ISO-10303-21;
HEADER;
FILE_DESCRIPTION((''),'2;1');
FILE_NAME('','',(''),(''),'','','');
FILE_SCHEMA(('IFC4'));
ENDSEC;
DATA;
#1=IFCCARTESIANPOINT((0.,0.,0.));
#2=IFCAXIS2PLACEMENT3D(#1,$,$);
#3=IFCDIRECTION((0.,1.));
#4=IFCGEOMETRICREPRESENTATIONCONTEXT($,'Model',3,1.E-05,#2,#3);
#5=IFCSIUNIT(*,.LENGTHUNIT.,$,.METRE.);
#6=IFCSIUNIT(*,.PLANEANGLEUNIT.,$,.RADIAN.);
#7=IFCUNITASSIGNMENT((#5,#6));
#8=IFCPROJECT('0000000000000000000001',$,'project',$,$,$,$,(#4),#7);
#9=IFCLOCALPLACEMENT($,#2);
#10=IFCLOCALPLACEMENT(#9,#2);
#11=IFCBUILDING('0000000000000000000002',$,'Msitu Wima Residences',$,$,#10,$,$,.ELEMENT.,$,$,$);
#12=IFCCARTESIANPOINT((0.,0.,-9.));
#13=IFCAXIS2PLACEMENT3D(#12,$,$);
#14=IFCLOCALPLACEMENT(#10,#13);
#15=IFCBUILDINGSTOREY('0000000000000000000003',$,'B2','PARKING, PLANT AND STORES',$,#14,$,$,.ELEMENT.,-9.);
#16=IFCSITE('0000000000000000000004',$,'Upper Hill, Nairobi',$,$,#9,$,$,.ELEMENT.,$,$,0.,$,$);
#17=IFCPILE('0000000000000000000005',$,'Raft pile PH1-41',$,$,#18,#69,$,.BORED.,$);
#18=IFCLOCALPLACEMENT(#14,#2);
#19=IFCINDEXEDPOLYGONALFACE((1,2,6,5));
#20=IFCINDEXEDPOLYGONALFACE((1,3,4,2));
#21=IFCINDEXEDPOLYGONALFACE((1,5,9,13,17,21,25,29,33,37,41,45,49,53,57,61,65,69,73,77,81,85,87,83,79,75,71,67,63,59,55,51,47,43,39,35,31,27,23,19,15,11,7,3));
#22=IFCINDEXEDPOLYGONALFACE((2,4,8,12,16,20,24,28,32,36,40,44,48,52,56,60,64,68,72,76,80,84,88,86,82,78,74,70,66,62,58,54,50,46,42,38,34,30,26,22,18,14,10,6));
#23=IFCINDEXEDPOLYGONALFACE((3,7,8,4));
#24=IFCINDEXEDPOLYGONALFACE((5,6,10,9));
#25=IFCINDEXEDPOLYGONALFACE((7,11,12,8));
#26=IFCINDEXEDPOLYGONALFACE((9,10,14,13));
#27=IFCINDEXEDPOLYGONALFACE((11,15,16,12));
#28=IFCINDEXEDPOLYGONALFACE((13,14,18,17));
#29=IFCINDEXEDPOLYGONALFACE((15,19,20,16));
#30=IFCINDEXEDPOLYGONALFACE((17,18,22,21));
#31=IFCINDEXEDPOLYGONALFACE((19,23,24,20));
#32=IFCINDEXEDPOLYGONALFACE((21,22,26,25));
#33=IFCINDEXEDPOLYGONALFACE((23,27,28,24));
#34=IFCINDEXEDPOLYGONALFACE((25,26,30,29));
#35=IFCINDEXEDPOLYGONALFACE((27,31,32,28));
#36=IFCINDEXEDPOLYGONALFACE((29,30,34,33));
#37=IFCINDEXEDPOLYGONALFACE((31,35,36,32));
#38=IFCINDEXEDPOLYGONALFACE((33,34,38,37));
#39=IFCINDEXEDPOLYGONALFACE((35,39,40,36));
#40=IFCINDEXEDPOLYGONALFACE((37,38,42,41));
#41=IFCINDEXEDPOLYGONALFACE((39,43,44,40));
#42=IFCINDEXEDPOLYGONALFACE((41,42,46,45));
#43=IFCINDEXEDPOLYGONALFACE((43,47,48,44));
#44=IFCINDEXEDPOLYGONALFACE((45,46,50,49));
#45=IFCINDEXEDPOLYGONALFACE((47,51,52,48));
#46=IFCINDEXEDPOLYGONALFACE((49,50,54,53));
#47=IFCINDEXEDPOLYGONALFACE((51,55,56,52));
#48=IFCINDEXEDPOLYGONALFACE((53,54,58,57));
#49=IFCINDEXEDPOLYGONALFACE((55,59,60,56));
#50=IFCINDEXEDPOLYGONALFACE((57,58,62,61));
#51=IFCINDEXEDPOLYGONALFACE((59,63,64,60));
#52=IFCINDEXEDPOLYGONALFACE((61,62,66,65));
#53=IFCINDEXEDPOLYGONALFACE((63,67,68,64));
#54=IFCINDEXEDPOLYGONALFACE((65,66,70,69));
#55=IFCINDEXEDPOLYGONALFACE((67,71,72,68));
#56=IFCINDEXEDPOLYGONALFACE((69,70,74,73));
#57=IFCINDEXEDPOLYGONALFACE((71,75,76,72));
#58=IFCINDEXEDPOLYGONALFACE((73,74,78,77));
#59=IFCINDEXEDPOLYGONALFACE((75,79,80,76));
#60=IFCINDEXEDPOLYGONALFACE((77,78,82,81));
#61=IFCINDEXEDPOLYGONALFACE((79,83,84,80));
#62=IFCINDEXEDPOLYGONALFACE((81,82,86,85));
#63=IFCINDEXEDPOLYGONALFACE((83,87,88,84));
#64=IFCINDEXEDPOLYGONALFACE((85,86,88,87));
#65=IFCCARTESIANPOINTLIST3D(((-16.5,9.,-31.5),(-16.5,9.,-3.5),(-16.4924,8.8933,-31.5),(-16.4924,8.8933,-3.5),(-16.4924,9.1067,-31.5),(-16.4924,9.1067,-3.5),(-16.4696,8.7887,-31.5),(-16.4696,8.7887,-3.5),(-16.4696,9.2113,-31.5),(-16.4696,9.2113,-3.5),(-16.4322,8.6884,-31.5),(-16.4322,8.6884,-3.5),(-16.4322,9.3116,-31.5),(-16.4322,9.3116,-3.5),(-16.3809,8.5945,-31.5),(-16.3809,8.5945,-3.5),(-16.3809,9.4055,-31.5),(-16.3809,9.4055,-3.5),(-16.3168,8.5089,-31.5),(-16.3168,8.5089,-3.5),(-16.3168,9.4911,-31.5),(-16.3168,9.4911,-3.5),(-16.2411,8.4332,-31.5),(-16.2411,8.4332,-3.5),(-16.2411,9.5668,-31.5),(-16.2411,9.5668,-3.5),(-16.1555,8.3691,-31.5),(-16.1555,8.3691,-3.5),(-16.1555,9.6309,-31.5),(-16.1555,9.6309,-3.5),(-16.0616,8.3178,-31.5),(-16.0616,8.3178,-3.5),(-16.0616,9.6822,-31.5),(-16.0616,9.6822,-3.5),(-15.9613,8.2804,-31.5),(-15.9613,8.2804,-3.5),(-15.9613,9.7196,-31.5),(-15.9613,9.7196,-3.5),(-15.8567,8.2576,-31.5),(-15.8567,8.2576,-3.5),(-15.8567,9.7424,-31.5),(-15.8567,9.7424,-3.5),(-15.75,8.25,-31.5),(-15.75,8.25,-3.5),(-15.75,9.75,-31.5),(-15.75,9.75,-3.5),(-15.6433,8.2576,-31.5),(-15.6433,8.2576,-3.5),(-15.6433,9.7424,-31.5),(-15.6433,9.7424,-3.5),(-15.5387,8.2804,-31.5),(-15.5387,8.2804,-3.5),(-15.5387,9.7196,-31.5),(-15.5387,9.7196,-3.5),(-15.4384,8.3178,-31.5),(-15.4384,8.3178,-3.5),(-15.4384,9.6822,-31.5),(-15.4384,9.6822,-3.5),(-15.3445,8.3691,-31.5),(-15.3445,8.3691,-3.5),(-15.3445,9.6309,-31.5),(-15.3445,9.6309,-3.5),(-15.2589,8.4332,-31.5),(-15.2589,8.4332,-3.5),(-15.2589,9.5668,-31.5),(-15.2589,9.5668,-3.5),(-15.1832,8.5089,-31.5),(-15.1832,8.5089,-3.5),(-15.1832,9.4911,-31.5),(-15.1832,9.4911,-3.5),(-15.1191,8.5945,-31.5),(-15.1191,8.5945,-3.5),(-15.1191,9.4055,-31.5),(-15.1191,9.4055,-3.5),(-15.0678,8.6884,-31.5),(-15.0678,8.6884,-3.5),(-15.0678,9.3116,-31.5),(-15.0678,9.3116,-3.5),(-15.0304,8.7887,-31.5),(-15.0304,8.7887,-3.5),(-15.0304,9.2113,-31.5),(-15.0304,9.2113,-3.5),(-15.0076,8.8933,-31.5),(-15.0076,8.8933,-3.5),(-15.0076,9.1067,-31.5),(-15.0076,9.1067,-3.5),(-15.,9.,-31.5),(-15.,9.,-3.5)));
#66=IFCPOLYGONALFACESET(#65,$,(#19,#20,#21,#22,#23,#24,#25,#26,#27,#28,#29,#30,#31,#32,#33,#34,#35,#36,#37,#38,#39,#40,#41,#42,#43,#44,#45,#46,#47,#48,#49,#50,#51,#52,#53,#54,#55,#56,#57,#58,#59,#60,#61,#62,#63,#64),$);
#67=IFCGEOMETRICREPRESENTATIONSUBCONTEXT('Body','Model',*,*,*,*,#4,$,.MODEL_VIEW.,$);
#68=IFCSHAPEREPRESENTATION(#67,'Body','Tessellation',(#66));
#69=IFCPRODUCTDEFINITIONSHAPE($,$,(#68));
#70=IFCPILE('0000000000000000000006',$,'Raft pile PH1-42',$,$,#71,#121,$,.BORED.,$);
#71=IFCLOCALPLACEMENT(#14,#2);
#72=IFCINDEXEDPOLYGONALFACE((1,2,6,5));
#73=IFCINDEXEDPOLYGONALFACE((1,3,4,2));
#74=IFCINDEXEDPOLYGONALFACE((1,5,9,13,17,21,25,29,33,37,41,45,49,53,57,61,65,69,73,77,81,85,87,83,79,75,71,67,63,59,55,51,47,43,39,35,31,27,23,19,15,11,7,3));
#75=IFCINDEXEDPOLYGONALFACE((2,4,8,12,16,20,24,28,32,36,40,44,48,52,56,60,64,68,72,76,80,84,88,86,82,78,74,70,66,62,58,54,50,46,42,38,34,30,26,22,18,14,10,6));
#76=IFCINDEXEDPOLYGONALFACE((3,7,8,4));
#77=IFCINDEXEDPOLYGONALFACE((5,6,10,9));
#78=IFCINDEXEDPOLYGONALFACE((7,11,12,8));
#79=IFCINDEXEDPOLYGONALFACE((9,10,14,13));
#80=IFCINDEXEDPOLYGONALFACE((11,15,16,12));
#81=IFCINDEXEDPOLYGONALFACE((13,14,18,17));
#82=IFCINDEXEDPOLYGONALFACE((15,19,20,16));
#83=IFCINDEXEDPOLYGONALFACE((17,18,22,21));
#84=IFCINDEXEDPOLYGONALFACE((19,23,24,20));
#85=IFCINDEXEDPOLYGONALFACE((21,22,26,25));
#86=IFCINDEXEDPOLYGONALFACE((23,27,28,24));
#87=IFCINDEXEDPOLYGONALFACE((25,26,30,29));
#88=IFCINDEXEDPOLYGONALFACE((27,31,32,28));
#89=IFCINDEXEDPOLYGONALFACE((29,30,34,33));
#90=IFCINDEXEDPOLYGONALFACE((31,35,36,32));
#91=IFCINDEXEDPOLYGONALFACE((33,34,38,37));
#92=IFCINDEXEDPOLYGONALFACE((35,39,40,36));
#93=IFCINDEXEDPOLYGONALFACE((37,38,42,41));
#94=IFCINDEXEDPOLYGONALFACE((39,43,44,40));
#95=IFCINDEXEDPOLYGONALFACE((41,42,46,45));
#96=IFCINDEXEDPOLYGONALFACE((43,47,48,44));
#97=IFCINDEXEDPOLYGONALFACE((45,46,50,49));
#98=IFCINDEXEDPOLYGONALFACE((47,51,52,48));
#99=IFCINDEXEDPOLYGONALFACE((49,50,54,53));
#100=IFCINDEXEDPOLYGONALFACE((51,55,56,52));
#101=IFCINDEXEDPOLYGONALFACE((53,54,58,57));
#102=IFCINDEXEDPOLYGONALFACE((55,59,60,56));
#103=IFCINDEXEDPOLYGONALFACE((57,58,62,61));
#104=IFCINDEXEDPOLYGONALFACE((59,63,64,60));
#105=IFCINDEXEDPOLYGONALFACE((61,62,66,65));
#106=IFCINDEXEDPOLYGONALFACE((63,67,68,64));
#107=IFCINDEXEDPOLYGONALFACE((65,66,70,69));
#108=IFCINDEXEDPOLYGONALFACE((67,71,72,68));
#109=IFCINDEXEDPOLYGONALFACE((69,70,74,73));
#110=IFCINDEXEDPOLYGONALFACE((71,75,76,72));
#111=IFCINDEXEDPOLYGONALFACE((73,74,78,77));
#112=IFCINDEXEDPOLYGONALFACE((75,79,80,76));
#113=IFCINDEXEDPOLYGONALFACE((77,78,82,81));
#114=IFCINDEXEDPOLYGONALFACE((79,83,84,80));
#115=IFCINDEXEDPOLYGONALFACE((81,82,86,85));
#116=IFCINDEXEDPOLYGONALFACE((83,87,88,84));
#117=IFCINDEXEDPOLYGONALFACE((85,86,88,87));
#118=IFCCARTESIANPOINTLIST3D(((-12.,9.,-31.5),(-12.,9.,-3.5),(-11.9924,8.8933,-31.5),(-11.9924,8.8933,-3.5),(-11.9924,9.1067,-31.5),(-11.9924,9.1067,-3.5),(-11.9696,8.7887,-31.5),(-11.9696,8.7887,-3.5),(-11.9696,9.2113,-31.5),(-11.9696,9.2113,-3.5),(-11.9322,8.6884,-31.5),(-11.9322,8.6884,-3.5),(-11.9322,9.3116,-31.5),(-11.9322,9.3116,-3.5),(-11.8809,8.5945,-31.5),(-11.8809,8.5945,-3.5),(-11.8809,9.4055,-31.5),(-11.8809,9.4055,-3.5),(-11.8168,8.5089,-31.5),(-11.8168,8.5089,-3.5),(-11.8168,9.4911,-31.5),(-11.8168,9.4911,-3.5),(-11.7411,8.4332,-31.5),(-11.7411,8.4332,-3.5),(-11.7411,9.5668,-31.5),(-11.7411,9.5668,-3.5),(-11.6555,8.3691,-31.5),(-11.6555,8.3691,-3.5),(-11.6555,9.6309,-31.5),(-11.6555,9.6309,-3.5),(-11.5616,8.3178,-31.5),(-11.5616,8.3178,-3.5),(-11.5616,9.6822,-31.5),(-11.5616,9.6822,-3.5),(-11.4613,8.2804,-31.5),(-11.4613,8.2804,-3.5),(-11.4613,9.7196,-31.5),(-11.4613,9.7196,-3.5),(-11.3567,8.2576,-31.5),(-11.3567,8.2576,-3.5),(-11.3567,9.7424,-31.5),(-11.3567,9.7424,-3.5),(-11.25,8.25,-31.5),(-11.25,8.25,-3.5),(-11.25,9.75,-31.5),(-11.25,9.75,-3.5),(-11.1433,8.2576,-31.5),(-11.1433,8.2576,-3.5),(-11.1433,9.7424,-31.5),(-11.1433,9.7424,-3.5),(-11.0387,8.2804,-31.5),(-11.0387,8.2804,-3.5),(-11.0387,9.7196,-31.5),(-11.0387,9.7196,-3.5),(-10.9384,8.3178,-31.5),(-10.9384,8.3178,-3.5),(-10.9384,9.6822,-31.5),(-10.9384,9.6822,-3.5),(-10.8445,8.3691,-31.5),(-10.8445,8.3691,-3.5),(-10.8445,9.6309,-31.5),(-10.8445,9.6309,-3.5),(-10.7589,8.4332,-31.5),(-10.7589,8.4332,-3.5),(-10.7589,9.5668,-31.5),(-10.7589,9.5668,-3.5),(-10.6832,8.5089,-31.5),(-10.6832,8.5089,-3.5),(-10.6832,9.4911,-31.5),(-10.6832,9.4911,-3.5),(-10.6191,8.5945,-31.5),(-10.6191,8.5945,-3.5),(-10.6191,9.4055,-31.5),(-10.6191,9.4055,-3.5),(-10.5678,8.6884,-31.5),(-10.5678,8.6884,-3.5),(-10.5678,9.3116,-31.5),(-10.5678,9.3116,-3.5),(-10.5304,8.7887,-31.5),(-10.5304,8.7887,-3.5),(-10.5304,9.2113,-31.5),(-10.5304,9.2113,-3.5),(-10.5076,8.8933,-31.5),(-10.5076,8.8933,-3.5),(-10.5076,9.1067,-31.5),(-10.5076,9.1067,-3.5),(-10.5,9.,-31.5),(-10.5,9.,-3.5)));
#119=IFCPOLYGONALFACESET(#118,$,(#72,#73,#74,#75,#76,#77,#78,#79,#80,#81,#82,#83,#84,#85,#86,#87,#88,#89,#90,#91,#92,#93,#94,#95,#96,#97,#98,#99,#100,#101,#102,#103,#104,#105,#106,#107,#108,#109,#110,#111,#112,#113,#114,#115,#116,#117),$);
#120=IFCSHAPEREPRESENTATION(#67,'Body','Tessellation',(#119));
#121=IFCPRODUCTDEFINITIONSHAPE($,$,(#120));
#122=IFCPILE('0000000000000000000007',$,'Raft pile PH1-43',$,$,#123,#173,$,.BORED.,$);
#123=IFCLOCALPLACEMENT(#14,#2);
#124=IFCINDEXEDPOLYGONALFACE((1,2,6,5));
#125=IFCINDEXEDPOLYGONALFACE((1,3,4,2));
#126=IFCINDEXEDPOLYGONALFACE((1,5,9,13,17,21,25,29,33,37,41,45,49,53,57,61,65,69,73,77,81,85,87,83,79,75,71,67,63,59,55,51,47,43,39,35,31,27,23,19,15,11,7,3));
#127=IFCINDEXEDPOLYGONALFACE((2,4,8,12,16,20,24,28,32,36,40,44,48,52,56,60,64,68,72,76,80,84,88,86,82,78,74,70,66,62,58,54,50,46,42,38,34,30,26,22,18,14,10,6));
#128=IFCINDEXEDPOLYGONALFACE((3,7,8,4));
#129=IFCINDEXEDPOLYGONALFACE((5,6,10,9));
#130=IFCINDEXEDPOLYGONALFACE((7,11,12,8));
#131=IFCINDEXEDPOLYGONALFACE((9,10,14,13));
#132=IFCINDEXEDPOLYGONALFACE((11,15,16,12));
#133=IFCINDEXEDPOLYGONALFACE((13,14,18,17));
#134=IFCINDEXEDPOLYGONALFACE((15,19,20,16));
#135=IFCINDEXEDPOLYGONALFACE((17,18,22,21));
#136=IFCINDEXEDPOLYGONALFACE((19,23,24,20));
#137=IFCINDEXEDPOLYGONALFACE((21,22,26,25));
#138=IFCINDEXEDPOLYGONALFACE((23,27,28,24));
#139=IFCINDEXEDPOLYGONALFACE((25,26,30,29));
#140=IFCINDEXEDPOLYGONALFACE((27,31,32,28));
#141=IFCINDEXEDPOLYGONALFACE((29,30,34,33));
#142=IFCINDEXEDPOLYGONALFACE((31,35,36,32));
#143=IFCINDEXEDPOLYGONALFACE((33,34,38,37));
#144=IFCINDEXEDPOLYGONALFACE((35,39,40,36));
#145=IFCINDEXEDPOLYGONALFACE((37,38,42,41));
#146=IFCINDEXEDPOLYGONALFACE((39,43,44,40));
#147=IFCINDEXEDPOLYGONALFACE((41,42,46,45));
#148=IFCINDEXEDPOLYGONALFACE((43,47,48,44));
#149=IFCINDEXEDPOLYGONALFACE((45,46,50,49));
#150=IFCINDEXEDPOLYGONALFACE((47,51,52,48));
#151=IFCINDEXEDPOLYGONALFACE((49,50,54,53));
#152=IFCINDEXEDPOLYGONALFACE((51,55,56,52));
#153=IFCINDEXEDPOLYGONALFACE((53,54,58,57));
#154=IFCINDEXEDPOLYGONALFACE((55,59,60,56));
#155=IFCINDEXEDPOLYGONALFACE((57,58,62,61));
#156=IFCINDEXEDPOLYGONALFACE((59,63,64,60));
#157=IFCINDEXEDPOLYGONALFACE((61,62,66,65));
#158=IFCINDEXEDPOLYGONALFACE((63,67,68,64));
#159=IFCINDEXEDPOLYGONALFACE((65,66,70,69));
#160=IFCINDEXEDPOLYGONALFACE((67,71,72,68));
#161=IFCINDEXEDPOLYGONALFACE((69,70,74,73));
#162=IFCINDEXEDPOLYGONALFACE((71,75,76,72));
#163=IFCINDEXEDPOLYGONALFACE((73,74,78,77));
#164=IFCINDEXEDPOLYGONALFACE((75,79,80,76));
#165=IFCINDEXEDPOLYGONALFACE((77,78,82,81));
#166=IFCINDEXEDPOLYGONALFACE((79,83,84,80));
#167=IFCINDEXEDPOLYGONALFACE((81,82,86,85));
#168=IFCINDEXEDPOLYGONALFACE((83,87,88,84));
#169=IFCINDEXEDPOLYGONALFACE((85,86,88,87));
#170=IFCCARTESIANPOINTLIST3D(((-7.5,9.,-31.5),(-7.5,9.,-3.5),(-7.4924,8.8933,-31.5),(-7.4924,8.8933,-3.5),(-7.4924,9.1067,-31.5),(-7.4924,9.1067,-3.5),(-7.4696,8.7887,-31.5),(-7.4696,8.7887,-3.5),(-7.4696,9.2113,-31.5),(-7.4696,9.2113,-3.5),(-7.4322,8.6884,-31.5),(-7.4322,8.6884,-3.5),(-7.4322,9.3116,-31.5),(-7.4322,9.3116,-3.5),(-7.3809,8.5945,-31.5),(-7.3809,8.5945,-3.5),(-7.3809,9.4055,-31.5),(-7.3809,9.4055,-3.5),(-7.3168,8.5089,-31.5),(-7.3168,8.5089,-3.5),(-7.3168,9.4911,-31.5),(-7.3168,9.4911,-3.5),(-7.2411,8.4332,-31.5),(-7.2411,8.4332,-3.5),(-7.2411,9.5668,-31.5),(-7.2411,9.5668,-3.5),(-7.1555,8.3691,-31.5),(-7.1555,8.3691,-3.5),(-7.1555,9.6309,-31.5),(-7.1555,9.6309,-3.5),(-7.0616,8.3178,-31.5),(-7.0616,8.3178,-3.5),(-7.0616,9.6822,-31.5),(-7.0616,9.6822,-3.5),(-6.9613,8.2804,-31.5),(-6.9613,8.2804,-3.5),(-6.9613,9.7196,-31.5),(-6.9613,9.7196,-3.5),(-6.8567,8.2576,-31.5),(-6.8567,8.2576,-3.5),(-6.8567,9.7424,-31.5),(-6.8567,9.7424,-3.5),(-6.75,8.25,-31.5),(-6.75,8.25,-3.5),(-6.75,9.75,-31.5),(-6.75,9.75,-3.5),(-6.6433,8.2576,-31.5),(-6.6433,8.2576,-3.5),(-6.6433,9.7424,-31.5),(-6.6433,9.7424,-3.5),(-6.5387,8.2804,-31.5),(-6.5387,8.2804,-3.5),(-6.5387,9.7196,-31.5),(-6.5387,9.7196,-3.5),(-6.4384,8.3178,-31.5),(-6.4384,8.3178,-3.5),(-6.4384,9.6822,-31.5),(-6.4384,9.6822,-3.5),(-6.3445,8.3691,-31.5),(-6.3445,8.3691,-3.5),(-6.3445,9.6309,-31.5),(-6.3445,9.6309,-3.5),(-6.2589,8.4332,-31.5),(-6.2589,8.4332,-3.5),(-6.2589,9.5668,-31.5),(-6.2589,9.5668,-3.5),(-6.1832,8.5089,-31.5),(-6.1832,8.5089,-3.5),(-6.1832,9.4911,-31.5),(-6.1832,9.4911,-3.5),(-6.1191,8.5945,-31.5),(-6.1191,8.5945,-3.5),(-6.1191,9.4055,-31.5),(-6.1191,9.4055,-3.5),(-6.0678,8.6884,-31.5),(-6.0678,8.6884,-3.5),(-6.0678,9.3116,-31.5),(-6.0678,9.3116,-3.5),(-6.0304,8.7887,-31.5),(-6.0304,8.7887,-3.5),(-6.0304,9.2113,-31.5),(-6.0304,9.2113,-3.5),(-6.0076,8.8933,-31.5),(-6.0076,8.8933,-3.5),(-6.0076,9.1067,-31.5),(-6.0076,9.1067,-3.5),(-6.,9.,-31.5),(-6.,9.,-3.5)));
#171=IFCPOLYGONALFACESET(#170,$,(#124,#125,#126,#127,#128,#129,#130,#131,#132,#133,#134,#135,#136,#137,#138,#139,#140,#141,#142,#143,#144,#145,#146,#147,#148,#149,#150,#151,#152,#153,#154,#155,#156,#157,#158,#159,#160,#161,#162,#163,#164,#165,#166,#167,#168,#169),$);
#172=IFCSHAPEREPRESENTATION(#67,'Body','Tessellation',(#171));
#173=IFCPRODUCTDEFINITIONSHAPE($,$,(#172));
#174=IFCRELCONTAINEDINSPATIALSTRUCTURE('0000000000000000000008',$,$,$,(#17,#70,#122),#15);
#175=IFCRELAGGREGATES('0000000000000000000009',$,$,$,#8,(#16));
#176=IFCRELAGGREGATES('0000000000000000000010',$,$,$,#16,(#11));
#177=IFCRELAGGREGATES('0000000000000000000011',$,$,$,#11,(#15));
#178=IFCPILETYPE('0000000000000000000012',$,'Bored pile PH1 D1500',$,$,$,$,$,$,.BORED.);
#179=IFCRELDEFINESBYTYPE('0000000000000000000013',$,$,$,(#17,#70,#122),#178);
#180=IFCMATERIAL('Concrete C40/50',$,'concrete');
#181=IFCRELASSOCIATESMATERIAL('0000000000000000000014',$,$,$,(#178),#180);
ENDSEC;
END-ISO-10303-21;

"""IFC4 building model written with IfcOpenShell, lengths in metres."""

from ifc_helpers import new_model, si_unit, direction, frame, origin, origin_2d, place, context, subcontext, project, spatial, circle, extrude, material, type_object, element, save


model = new_model("IFC4")

# Units and contexts
model_context = context("Model", 3, precision=1e-05, world=origin(), true_north=direction((0.0, 1.0)))
body_context = subcontext(model_context, "Body", "Model", "MODEL_VIEW")
ifc_project = project(units=[si_unit("LENGTHUNIT", "METRE"), si_unit("PLANEANGLEUNIT", "RADIAN")], contexts=[model_context])

# Site, building, storey
site_placement = place(None, origin())
site = spatial("IfcSite", under=ifc_project, at=site_placement, Name="Upper Hill, Nairobi", CompositionType="ELEMENT", RefElevation=0.0)
building_placement = place(site_placement, origin())
building = spatial("IfcBuilding", under=site, at=building_placement, Name="Msitu Wima Residences", CompositionType="ELEMENT")
storey_placement = place(building_placement, frame((0.0, 0.0, -9.0)))
storey = spatial("IfcBuildingStorey", under=building, at=storey_placement, Name="B2", Description="PARKING, PLANT AND STORES", CompositionType="ELEMENT", Elevation=-9.0)

# Piles
ifc_material_1 = material(Name="Concrete C40/50", Category="concrete")
pile_type = type_object("IfcPileType", Name="Bored pile PH1 D1500", PredefinedType="BORED", material=ifc_material_1)
for number, where, z_axis, x_axis, name in (
    (1, (-15.75, 9.0, -3.5), (0.0, 0.0, -1.0), (1.0, 0.0, 0.0), "Raft pile PH1-41"),
    (2, (-11.25, 9.0, -3.5), (0.0, 0.0, -1.0), (1.0, 0.0, 0.0), "Raft pile PH1-42"),
    (3, (-6.75, 9.0, -3.5), (0.0, 0.0, -1.0), (1.0, 0.0, 0.0), "Raft pile PH1-43"),
):
    element("IfcPile", number, at=place(storey_placement, frame(where, z_axis=z_axis, x_axis=x_axis)), inside=storey, type_object=pile_type, Name=name, PredefinedType="BORED", context=body_context, shape_type="SweptSolid", body=[
        extrude(circle(Radius=0.75, at=origin_2d()), origin(), (0.0, 0.0, 1.0), 28.0),
    ])

save(model, "model.ifc")
